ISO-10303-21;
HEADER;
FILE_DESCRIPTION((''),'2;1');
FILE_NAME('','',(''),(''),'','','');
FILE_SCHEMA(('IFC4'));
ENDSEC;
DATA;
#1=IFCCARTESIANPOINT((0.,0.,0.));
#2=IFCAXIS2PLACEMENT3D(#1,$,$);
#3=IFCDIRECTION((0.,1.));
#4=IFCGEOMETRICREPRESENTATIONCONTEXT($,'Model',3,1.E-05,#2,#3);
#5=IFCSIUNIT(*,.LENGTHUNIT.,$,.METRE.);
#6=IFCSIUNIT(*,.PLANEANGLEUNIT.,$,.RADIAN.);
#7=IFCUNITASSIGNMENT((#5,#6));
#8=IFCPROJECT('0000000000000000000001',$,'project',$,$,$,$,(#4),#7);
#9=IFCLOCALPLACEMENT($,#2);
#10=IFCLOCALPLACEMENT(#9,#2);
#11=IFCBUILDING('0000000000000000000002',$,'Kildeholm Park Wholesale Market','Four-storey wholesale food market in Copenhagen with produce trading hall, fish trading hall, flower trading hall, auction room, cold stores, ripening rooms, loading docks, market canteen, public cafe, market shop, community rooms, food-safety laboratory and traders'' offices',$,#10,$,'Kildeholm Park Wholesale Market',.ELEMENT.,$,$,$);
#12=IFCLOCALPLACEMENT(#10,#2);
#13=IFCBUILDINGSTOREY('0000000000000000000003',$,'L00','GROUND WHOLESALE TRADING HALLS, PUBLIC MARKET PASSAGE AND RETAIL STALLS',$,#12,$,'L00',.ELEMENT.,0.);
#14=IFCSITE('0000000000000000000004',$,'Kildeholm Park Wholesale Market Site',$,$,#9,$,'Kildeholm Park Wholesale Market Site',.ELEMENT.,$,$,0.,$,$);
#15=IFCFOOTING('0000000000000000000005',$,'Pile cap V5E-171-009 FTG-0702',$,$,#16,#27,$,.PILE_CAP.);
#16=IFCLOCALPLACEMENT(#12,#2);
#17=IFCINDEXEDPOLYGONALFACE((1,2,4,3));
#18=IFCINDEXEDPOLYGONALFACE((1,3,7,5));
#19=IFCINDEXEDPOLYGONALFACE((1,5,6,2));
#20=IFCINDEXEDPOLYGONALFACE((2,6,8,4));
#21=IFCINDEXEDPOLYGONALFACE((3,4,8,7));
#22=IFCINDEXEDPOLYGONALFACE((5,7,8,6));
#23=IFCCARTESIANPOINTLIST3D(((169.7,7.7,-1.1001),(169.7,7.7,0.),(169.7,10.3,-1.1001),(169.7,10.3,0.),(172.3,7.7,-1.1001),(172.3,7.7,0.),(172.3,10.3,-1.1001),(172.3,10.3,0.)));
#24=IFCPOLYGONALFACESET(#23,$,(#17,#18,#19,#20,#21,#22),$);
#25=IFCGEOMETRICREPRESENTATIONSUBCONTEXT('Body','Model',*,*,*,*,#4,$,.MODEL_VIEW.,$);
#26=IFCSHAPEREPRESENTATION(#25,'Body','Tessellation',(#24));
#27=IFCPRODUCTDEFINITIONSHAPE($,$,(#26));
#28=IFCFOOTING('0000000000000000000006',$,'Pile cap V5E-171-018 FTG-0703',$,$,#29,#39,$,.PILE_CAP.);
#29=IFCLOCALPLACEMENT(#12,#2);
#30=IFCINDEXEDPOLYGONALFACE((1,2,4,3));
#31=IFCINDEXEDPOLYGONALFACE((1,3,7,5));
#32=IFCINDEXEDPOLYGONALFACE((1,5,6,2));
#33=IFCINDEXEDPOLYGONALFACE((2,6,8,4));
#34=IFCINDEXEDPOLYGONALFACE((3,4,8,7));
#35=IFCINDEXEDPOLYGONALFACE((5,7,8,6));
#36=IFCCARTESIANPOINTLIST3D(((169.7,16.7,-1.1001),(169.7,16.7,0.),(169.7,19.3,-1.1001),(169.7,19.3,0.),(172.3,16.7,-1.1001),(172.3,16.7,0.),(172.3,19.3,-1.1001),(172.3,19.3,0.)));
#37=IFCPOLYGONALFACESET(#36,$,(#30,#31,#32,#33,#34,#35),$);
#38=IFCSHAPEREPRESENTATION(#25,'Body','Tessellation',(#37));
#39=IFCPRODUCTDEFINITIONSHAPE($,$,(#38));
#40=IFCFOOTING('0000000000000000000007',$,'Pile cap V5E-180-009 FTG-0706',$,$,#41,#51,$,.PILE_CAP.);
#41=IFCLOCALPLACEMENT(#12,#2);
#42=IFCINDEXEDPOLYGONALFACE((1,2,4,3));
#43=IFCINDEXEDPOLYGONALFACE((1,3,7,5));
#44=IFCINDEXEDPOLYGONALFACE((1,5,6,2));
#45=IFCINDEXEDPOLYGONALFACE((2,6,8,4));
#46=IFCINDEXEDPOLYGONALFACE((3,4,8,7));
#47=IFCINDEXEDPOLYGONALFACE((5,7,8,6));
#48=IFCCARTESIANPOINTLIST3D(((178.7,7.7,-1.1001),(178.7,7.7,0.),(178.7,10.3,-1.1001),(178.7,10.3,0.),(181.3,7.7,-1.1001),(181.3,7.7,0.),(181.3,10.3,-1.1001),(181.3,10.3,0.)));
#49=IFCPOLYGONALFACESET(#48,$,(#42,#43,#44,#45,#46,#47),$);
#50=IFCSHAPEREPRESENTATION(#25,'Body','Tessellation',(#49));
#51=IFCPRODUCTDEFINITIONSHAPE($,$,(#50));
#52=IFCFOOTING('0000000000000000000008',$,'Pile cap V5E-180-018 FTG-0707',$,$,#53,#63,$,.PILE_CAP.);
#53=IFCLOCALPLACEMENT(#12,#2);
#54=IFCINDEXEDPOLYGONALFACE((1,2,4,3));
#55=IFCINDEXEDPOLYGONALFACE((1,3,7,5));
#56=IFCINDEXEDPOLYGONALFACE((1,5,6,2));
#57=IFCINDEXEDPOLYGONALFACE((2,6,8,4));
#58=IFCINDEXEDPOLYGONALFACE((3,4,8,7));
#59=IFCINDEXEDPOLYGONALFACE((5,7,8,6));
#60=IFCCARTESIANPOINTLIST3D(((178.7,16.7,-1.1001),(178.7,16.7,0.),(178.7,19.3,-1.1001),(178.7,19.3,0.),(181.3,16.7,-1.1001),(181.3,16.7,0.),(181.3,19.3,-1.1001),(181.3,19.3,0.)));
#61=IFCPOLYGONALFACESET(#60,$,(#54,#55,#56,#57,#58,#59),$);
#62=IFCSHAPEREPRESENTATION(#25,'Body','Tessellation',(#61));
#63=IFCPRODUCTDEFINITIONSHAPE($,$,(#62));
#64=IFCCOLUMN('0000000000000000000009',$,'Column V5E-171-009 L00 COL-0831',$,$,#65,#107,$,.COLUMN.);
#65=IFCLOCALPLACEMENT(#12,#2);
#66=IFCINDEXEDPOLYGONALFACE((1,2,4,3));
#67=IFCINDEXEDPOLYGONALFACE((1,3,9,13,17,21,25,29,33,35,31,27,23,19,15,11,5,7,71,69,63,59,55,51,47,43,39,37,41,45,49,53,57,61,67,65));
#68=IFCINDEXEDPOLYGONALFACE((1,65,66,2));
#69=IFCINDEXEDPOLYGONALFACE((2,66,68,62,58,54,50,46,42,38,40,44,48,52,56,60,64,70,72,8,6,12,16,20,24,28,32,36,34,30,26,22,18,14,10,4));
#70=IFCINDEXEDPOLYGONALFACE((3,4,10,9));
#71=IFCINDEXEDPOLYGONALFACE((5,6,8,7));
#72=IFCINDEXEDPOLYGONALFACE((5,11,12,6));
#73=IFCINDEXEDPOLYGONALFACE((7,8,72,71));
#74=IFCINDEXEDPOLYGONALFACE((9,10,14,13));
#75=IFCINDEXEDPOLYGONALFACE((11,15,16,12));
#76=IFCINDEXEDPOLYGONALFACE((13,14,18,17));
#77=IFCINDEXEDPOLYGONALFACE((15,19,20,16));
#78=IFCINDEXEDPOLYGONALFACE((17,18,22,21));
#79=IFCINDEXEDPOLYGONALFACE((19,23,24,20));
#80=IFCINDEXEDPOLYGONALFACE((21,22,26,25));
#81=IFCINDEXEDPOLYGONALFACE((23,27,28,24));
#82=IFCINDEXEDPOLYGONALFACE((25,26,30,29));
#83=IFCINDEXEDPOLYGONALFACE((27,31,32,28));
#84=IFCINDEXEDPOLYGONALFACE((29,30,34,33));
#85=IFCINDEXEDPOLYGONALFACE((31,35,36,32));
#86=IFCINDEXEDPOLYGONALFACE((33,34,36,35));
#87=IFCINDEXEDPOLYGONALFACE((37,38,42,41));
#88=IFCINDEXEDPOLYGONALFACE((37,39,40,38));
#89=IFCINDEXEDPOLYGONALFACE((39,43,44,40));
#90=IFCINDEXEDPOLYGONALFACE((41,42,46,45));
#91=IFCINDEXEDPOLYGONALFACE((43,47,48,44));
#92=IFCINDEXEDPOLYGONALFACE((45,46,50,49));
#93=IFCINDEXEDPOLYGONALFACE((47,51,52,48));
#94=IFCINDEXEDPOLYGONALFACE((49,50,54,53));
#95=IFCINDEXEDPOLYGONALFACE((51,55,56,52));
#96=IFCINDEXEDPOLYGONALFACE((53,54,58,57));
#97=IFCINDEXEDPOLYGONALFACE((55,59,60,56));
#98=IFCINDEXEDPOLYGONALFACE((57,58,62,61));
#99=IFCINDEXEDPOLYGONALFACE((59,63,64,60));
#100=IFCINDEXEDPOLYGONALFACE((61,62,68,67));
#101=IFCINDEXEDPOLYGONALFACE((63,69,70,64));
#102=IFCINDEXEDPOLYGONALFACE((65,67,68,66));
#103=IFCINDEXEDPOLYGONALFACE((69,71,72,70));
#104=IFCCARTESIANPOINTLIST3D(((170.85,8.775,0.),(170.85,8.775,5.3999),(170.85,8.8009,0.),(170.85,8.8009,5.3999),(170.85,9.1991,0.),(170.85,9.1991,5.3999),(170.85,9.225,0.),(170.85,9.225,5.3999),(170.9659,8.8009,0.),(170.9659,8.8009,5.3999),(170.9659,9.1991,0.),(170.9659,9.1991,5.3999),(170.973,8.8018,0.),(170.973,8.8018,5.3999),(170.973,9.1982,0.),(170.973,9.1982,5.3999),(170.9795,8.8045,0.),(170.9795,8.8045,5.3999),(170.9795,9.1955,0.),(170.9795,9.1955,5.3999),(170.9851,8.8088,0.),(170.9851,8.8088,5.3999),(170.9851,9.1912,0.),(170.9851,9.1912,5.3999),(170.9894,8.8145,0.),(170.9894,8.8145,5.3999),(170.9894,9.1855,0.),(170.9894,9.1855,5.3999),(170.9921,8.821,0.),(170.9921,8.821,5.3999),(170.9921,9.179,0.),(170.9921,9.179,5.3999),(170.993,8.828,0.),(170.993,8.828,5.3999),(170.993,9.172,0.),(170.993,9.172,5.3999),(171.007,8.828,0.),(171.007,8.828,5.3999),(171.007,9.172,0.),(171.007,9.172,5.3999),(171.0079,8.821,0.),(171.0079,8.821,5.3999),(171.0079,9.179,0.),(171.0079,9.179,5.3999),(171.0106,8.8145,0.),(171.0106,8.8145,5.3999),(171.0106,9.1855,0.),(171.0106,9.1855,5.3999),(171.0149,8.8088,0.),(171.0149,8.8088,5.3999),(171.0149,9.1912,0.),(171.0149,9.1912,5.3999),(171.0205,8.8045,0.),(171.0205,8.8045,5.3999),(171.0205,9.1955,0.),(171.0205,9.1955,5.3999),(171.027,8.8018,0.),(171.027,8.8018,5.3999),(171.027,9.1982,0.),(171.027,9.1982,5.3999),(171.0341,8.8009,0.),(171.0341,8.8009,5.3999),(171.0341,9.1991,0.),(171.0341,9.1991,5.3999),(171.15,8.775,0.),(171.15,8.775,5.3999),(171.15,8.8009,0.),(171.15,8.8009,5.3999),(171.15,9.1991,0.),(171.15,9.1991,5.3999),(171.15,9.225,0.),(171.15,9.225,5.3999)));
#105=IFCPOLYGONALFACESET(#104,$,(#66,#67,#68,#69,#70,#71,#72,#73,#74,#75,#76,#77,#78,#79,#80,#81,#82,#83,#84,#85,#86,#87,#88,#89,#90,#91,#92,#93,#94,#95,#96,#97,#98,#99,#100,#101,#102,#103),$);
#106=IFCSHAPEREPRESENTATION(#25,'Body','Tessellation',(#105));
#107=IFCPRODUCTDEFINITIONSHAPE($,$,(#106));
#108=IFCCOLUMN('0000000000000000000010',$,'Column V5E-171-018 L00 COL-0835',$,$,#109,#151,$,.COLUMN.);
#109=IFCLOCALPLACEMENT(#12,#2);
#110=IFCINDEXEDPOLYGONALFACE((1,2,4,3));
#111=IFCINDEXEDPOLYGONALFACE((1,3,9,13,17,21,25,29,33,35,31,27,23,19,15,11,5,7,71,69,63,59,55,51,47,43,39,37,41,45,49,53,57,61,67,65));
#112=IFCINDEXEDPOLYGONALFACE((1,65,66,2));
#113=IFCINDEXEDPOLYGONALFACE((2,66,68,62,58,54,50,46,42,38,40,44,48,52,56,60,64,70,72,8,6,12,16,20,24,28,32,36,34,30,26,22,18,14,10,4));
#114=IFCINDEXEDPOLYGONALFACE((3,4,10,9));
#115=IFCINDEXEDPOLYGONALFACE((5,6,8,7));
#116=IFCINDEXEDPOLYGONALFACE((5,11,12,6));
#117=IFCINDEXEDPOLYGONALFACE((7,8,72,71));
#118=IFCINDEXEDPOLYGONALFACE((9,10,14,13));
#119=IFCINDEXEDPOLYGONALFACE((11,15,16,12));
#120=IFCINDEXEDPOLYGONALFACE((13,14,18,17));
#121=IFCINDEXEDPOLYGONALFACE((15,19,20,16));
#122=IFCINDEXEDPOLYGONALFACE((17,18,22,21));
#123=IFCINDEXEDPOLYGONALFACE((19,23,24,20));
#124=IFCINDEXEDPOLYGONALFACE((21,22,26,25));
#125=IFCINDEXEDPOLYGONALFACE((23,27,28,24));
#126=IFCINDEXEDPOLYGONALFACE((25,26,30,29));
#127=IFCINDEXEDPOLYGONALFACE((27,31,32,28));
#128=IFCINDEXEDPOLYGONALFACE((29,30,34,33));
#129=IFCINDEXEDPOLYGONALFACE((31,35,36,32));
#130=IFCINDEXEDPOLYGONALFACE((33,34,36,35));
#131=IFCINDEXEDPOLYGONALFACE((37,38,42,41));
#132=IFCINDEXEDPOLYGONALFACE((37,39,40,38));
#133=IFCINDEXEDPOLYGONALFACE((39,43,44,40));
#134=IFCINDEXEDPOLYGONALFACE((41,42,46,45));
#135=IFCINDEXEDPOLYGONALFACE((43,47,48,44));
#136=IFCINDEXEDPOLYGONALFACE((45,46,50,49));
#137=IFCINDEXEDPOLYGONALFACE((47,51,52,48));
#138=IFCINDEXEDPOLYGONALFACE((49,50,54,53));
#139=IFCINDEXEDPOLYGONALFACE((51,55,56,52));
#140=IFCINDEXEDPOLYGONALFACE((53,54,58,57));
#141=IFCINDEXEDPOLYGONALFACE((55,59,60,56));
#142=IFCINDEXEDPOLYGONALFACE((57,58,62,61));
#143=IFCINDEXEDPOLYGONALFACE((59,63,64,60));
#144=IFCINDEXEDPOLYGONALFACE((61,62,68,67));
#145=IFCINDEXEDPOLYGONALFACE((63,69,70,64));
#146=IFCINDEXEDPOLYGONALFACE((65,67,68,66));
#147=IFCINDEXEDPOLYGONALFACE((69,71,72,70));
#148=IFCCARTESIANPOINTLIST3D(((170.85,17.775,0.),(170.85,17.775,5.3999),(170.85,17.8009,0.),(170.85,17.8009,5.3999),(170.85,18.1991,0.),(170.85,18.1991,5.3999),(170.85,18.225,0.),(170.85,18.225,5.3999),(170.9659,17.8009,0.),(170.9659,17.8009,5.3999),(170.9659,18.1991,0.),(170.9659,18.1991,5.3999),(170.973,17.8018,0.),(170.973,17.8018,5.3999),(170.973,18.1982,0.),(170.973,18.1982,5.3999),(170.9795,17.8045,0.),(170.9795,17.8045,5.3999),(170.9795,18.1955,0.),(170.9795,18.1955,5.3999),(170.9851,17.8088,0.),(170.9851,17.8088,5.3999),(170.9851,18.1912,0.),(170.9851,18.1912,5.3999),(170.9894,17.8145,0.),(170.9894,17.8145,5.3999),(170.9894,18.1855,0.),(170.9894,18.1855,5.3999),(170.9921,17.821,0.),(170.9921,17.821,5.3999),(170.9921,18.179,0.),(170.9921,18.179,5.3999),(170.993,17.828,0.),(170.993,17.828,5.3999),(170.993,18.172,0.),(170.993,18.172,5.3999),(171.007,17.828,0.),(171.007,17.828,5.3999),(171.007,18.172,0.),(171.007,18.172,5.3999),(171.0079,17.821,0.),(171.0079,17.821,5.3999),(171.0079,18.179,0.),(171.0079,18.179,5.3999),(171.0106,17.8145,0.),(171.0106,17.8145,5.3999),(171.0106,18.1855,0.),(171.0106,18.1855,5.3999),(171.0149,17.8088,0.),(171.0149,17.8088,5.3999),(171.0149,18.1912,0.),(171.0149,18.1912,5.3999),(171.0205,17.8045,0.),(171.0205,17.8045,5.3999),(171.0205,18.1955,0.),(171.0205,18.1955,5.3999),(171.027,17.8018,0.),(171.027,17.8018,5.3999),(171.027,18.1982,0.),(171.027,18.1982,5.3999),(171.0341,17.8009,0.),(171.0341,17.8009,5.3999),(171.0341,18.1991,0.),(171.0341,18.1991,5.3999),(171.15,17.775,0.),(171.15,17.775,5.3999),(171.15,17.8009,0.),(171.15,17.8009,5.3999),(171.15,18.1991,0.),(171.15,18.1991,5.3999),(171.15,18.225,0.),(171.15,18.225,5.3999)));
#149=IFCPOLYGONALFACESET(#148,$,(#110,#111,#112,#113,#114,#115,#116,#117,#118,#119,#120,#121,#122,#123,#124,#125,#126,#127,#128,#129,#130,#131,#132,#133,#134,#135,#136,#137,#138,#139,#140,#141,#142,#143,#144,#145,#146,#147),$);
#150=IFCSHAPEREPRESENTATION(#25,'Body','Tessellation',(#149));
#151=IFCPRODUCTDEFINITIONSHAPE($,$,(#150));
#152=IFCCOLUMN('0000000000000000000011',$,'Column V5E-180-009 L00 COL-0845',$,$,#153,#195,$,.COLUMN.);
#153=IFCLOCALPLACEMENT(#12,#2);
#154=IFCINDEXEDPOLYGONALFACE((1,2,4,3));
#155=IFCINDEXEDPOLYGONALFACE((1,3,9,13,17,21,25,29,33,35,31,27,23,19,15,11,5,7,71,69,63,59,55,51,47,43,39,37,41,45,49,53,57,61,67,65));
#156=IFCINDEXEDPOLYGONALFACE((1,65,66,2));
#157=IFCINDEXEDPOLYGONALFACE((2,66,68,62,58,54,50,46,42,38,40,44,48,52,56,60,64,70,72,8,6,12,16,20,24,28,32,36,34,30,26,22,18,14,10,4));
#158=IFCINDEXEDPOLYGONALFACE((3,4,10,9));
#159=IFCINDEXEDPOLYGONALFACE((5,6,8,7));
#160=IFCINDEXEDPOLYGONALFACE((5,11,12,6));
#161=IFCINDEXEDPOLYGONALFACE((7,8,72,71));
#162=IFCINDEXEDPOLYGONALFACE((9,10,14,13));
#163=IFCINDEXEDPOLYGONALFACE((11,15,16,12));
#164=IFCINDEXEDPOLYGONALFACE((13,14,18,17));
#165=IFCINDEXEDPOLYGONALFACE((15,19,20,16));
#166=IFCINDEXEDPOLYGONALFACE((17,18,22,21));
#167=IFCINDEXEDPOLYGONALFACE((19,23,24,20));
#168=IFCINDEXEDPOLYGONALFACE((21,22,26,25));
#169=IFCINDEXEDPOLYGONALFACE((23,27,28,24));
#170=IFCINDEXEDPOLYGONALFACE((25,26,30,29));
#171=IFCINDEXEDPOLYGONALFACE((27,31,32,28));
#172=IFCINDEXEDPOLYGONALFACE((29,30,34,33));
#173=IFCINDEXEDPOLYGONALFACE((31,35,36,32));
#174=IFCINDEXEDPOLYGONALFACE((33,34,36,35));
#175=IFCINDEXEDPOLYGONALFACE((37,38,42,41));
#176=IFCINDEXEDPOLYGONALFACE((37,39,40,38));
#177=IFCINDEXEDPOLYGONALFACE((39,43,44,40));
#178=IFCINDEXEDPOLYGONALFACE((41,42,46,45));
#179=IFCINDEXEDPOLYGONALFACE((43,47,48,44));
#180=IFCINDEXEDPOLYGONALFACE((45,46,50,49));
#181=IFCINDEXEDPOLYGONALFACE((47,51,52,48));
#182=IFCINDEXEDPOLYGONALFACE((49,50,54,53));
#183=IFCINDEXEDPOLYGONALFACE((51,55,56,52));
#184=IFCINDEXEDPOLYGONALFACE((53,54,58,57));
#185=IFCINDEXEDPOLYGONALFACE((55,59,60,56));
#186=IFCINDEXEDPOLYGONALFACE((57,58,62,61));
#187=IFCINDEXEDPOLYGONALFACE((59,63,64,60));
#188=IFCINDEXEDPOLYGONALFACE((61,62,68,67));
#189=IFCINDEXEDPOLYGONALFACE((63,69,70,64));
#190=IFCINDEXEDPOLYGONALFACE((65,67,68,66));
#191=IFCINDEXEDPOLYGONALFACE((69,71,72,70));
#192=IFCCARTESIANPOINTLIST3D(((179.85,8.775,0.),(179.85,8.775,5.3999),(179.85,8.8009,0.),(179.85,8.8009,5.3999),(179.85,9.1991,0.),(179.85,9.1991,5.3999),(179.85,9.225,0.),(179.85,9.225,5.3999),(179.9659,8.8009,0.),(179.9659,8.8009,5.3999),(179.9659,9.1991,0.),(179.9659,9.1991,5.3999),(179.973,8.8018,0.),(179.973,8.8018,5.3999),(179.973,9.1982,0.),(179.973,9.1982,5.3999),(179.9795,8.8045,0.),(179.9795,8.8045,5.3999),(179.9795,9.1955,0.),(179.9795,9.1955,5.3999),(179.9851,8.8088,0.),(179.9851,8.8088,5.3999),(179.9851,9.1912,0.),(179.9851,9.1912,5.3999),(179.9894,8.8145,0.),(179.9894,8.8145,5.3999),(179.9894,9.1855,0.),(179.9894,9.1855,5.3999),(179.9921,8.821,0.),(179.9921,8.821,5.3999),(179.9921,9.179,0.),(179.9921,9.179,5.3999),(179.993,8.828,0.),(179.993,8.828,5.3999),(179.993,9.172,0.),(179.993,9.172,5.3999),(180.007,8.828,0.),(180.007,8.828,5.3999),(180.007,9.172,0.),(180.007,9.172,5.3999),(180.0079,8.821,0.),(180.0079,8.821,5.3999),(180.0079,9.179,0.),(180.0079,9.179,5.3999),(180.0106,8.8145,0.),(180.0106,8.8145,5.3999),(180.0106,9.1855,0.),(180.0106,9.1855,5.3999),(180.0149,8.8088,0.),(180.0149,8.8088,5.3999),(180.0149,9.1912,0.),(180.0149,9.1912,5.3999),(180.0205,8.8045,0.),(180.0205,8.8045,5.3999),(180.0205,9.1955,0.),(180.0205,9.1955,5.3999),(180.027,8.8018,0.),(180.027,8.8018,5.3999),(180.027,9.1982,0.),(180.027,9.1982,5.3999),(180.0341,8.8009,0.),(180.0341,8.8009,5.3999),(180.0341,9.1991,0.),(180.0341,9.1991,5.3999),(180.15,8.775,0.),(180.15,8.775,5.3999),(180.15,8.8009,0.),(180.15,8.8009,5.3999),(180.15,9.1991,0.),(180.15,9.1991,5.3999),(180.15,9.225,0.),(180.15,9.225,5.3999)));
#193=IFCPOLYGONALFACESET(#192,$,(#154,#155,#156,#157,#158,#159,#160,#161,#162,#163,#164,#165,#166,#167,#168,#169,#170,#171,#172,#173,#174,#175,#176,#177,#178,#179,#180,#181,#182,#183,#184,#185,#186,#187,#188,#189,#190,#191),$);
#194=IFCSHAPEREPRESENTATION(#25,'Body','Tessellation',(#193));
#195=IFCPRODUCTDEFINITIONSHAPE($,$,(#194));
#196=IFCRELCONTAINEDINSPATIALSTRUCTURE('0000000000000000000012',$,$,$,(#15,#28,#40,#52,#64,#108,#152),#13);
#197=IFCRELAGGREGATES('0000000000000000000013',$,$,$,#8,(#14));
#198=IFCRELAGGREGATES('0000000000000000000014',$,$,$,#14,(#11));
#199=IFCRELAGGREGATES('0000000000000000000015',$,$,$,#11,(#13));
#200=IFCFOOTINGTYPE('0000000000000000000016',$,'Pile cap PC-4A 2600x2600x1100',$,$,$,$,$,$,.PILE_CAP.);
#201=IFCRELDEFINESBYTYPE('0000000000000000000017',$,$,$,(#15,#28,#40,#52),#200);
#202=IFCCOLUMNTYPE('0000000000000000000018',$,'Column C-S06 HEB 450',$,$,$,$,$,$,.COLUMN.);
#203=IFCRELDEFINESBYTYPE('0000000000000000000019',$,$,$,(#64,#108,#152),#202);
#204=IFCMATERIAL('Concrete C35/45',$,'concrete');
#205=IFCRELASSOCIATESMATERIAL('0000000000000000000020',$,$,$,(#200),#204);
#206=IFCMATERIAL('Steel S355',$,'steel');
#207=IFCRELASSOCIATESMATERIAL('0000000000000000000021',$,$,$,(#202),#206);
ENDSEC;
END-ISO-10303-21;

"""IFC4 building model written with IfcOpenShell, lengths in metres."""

from ifc_helpers import new_model, si_unit, direction, frame, origin, origin_2d, place, context, subcontext, project, spatial, rectangle, i_section, extrude, material, material_profile, profile_set, type_object, element, save


model = new_model("IFC4")

# Units and contexts
model_context = context("Model", 3, precision=1e-05, world=origin(), true_north=direction((0.0, 1.0)))
body_context = subcontext(model_context, "Body", "Model", "MODEL_VIEW")
ifc_project = project(units=[si_unit("LENGTHUNIT", "METRE"), si_unit("PLANEANGLEUNIT", "RADIAN")], contexts=[model_context])

# Site, building, storey
site_placement = place(None, origin())
site = spatial("IfcSite", under=ifc_project, at=site_placement, Name="Kildeholm Park Wholesale Market Site", LongName="Kildeholm Park Wholesale Market Site", CompositionType="ELEMENT", RefElevation=0.0)
building_placement = place(site_placement, origin())
building = spatial("IfcBuilding", under=site, at=building_placement, Name="Kildeholm Park Wholesale Market", Description="Four-storey wholesale food market in Copenhagen with produce trading hall, fish trading hall, flower trading hall, auction room, cold stores, ripening rooms, loading docks, market canteen, public cafe, market shop, community rooms, food-safety laboratory and traders' offices", LongName="Kildeholm Park Wholesale Market", CompositionType="ELEMENT")
storey_placement = place(building_placement, origin())
storey = spatial("IfcBuildingStorey", under=building, at=storey_placement, Name="L00", Description="GROUND WHOLESALE TRADING HALLS, PUBLIC MARKET PASSAGE AND RETAIL STALLS", LongName="L00", CompositionType="ELEMENT", Elevation=0.0)

# Shared definitions
ifc_material_1 = material(Name="Concrete C35/45", Category="concrete")

# Footings
footing_type_1 = type_object("IfcFootingType", Name="Pile cap PC-4A 2600x2600x1100", PredefinedType="PILE_CAP", material=ifc_material_1)
for number, where, z_axis, x_axis, name in (
    (1, (171.0, 9.0, -1.1001), (0.0, 0.0, 1.0), (1.0, 0.0, 0.0), "Pile cap V5E-171-009 FTG-0702"),
    (2, (171.0, 18.0, -1.1001), (0.0, 0.0, 1.0), (1.0, 0.0, 0.0), "Pile cap V5E-171-018 FTG-0703"),
    (3, (180.0, 9.0, -1.1001), (0.0, 0.0, 1.0), (1.0, 0.0, 0.0), "Pile cap V5E-180-009 FTG-0706"),
    (4, (180.0, 18.0, -1.1001), (0.0, 0.0, 1.0), (1.0, 0.0, 0.0), "Pile cap V5E-180-018 FTG-0707"),
):
    element("IfcFooting", number, at=place(storey_placement, frame(where, z_axis=z_axis, x_axis=x_axis)), inside=storey, type_object=footing_type_1, Name=name, PredefinedType="PILE_CAP", context=body_context, shape_type="SweptSolid", body=[
        extrude(rectangle(XDim=2.6001, YDim=2.6001, at=origin_2d()), origin(), (0.0, 0.0, 1.0), 1.1001),
    ])

# Columns
ifc_material_2 = material(Name="Steel S355", Category="steel")
ifc_material_profile_1 = material_profile(ifc_material_2, i_section(OverallWidth=0.3, OverallDepth=0.45, WebThickness=0.0139, FlangeThickness=0.0259, FilletRadius=0.0271, at=origin_2d()), Name="HEB 450")
ifc_profile_set_1 = profile_set([ifc_material_profile_1], Name="Steel S355")
column_type = type_object("IfcColumnType", Name="Column C-S06 HEB 450", PredefinedType="COLUMN", material=ifc_profile_set_1)
for number, where, z_axis, x_axis, name in (
    (5, (171.0, 9.0, 0.0), (0.0, 0.0, 1.0), (1.0, 0.0, 0.0), "Column V5E-171-009 L00 COL-0831"),
    (6, (171.0, 18.0, 0.0), (0.0, 0.0, 1.0), (1.0, 0.0, 0.0), "Column V5E-171-018 L00 COL-0835"),
    (7, (180.0, 9.0, 0.0), (0.0, 0.0, 1.0), (1.0, 0.0, 0.0), "Column V5E-180-009 L00 COL-0845"),
):
    element("IfcColumn", number, at=place(storey_placement, frame(where, z_axis=z_axis, x_axis=x_axis)), inside=storey, type_object=column_type, Name=name, PredefinedType="COLUMN", context=body_context, shape_type="SweptSolid", body=[
        extrude(i_section(OverallWidth=0.3, OverallDepth=0.45, WebThickness=0.0139, FlangeThickness=0.0259, FilletRadius=0.0271, at=origin_2d()), origin(), (0.0, 0.0, 1.0), 5.3999),
    ])

save(model, "model.ifc")
